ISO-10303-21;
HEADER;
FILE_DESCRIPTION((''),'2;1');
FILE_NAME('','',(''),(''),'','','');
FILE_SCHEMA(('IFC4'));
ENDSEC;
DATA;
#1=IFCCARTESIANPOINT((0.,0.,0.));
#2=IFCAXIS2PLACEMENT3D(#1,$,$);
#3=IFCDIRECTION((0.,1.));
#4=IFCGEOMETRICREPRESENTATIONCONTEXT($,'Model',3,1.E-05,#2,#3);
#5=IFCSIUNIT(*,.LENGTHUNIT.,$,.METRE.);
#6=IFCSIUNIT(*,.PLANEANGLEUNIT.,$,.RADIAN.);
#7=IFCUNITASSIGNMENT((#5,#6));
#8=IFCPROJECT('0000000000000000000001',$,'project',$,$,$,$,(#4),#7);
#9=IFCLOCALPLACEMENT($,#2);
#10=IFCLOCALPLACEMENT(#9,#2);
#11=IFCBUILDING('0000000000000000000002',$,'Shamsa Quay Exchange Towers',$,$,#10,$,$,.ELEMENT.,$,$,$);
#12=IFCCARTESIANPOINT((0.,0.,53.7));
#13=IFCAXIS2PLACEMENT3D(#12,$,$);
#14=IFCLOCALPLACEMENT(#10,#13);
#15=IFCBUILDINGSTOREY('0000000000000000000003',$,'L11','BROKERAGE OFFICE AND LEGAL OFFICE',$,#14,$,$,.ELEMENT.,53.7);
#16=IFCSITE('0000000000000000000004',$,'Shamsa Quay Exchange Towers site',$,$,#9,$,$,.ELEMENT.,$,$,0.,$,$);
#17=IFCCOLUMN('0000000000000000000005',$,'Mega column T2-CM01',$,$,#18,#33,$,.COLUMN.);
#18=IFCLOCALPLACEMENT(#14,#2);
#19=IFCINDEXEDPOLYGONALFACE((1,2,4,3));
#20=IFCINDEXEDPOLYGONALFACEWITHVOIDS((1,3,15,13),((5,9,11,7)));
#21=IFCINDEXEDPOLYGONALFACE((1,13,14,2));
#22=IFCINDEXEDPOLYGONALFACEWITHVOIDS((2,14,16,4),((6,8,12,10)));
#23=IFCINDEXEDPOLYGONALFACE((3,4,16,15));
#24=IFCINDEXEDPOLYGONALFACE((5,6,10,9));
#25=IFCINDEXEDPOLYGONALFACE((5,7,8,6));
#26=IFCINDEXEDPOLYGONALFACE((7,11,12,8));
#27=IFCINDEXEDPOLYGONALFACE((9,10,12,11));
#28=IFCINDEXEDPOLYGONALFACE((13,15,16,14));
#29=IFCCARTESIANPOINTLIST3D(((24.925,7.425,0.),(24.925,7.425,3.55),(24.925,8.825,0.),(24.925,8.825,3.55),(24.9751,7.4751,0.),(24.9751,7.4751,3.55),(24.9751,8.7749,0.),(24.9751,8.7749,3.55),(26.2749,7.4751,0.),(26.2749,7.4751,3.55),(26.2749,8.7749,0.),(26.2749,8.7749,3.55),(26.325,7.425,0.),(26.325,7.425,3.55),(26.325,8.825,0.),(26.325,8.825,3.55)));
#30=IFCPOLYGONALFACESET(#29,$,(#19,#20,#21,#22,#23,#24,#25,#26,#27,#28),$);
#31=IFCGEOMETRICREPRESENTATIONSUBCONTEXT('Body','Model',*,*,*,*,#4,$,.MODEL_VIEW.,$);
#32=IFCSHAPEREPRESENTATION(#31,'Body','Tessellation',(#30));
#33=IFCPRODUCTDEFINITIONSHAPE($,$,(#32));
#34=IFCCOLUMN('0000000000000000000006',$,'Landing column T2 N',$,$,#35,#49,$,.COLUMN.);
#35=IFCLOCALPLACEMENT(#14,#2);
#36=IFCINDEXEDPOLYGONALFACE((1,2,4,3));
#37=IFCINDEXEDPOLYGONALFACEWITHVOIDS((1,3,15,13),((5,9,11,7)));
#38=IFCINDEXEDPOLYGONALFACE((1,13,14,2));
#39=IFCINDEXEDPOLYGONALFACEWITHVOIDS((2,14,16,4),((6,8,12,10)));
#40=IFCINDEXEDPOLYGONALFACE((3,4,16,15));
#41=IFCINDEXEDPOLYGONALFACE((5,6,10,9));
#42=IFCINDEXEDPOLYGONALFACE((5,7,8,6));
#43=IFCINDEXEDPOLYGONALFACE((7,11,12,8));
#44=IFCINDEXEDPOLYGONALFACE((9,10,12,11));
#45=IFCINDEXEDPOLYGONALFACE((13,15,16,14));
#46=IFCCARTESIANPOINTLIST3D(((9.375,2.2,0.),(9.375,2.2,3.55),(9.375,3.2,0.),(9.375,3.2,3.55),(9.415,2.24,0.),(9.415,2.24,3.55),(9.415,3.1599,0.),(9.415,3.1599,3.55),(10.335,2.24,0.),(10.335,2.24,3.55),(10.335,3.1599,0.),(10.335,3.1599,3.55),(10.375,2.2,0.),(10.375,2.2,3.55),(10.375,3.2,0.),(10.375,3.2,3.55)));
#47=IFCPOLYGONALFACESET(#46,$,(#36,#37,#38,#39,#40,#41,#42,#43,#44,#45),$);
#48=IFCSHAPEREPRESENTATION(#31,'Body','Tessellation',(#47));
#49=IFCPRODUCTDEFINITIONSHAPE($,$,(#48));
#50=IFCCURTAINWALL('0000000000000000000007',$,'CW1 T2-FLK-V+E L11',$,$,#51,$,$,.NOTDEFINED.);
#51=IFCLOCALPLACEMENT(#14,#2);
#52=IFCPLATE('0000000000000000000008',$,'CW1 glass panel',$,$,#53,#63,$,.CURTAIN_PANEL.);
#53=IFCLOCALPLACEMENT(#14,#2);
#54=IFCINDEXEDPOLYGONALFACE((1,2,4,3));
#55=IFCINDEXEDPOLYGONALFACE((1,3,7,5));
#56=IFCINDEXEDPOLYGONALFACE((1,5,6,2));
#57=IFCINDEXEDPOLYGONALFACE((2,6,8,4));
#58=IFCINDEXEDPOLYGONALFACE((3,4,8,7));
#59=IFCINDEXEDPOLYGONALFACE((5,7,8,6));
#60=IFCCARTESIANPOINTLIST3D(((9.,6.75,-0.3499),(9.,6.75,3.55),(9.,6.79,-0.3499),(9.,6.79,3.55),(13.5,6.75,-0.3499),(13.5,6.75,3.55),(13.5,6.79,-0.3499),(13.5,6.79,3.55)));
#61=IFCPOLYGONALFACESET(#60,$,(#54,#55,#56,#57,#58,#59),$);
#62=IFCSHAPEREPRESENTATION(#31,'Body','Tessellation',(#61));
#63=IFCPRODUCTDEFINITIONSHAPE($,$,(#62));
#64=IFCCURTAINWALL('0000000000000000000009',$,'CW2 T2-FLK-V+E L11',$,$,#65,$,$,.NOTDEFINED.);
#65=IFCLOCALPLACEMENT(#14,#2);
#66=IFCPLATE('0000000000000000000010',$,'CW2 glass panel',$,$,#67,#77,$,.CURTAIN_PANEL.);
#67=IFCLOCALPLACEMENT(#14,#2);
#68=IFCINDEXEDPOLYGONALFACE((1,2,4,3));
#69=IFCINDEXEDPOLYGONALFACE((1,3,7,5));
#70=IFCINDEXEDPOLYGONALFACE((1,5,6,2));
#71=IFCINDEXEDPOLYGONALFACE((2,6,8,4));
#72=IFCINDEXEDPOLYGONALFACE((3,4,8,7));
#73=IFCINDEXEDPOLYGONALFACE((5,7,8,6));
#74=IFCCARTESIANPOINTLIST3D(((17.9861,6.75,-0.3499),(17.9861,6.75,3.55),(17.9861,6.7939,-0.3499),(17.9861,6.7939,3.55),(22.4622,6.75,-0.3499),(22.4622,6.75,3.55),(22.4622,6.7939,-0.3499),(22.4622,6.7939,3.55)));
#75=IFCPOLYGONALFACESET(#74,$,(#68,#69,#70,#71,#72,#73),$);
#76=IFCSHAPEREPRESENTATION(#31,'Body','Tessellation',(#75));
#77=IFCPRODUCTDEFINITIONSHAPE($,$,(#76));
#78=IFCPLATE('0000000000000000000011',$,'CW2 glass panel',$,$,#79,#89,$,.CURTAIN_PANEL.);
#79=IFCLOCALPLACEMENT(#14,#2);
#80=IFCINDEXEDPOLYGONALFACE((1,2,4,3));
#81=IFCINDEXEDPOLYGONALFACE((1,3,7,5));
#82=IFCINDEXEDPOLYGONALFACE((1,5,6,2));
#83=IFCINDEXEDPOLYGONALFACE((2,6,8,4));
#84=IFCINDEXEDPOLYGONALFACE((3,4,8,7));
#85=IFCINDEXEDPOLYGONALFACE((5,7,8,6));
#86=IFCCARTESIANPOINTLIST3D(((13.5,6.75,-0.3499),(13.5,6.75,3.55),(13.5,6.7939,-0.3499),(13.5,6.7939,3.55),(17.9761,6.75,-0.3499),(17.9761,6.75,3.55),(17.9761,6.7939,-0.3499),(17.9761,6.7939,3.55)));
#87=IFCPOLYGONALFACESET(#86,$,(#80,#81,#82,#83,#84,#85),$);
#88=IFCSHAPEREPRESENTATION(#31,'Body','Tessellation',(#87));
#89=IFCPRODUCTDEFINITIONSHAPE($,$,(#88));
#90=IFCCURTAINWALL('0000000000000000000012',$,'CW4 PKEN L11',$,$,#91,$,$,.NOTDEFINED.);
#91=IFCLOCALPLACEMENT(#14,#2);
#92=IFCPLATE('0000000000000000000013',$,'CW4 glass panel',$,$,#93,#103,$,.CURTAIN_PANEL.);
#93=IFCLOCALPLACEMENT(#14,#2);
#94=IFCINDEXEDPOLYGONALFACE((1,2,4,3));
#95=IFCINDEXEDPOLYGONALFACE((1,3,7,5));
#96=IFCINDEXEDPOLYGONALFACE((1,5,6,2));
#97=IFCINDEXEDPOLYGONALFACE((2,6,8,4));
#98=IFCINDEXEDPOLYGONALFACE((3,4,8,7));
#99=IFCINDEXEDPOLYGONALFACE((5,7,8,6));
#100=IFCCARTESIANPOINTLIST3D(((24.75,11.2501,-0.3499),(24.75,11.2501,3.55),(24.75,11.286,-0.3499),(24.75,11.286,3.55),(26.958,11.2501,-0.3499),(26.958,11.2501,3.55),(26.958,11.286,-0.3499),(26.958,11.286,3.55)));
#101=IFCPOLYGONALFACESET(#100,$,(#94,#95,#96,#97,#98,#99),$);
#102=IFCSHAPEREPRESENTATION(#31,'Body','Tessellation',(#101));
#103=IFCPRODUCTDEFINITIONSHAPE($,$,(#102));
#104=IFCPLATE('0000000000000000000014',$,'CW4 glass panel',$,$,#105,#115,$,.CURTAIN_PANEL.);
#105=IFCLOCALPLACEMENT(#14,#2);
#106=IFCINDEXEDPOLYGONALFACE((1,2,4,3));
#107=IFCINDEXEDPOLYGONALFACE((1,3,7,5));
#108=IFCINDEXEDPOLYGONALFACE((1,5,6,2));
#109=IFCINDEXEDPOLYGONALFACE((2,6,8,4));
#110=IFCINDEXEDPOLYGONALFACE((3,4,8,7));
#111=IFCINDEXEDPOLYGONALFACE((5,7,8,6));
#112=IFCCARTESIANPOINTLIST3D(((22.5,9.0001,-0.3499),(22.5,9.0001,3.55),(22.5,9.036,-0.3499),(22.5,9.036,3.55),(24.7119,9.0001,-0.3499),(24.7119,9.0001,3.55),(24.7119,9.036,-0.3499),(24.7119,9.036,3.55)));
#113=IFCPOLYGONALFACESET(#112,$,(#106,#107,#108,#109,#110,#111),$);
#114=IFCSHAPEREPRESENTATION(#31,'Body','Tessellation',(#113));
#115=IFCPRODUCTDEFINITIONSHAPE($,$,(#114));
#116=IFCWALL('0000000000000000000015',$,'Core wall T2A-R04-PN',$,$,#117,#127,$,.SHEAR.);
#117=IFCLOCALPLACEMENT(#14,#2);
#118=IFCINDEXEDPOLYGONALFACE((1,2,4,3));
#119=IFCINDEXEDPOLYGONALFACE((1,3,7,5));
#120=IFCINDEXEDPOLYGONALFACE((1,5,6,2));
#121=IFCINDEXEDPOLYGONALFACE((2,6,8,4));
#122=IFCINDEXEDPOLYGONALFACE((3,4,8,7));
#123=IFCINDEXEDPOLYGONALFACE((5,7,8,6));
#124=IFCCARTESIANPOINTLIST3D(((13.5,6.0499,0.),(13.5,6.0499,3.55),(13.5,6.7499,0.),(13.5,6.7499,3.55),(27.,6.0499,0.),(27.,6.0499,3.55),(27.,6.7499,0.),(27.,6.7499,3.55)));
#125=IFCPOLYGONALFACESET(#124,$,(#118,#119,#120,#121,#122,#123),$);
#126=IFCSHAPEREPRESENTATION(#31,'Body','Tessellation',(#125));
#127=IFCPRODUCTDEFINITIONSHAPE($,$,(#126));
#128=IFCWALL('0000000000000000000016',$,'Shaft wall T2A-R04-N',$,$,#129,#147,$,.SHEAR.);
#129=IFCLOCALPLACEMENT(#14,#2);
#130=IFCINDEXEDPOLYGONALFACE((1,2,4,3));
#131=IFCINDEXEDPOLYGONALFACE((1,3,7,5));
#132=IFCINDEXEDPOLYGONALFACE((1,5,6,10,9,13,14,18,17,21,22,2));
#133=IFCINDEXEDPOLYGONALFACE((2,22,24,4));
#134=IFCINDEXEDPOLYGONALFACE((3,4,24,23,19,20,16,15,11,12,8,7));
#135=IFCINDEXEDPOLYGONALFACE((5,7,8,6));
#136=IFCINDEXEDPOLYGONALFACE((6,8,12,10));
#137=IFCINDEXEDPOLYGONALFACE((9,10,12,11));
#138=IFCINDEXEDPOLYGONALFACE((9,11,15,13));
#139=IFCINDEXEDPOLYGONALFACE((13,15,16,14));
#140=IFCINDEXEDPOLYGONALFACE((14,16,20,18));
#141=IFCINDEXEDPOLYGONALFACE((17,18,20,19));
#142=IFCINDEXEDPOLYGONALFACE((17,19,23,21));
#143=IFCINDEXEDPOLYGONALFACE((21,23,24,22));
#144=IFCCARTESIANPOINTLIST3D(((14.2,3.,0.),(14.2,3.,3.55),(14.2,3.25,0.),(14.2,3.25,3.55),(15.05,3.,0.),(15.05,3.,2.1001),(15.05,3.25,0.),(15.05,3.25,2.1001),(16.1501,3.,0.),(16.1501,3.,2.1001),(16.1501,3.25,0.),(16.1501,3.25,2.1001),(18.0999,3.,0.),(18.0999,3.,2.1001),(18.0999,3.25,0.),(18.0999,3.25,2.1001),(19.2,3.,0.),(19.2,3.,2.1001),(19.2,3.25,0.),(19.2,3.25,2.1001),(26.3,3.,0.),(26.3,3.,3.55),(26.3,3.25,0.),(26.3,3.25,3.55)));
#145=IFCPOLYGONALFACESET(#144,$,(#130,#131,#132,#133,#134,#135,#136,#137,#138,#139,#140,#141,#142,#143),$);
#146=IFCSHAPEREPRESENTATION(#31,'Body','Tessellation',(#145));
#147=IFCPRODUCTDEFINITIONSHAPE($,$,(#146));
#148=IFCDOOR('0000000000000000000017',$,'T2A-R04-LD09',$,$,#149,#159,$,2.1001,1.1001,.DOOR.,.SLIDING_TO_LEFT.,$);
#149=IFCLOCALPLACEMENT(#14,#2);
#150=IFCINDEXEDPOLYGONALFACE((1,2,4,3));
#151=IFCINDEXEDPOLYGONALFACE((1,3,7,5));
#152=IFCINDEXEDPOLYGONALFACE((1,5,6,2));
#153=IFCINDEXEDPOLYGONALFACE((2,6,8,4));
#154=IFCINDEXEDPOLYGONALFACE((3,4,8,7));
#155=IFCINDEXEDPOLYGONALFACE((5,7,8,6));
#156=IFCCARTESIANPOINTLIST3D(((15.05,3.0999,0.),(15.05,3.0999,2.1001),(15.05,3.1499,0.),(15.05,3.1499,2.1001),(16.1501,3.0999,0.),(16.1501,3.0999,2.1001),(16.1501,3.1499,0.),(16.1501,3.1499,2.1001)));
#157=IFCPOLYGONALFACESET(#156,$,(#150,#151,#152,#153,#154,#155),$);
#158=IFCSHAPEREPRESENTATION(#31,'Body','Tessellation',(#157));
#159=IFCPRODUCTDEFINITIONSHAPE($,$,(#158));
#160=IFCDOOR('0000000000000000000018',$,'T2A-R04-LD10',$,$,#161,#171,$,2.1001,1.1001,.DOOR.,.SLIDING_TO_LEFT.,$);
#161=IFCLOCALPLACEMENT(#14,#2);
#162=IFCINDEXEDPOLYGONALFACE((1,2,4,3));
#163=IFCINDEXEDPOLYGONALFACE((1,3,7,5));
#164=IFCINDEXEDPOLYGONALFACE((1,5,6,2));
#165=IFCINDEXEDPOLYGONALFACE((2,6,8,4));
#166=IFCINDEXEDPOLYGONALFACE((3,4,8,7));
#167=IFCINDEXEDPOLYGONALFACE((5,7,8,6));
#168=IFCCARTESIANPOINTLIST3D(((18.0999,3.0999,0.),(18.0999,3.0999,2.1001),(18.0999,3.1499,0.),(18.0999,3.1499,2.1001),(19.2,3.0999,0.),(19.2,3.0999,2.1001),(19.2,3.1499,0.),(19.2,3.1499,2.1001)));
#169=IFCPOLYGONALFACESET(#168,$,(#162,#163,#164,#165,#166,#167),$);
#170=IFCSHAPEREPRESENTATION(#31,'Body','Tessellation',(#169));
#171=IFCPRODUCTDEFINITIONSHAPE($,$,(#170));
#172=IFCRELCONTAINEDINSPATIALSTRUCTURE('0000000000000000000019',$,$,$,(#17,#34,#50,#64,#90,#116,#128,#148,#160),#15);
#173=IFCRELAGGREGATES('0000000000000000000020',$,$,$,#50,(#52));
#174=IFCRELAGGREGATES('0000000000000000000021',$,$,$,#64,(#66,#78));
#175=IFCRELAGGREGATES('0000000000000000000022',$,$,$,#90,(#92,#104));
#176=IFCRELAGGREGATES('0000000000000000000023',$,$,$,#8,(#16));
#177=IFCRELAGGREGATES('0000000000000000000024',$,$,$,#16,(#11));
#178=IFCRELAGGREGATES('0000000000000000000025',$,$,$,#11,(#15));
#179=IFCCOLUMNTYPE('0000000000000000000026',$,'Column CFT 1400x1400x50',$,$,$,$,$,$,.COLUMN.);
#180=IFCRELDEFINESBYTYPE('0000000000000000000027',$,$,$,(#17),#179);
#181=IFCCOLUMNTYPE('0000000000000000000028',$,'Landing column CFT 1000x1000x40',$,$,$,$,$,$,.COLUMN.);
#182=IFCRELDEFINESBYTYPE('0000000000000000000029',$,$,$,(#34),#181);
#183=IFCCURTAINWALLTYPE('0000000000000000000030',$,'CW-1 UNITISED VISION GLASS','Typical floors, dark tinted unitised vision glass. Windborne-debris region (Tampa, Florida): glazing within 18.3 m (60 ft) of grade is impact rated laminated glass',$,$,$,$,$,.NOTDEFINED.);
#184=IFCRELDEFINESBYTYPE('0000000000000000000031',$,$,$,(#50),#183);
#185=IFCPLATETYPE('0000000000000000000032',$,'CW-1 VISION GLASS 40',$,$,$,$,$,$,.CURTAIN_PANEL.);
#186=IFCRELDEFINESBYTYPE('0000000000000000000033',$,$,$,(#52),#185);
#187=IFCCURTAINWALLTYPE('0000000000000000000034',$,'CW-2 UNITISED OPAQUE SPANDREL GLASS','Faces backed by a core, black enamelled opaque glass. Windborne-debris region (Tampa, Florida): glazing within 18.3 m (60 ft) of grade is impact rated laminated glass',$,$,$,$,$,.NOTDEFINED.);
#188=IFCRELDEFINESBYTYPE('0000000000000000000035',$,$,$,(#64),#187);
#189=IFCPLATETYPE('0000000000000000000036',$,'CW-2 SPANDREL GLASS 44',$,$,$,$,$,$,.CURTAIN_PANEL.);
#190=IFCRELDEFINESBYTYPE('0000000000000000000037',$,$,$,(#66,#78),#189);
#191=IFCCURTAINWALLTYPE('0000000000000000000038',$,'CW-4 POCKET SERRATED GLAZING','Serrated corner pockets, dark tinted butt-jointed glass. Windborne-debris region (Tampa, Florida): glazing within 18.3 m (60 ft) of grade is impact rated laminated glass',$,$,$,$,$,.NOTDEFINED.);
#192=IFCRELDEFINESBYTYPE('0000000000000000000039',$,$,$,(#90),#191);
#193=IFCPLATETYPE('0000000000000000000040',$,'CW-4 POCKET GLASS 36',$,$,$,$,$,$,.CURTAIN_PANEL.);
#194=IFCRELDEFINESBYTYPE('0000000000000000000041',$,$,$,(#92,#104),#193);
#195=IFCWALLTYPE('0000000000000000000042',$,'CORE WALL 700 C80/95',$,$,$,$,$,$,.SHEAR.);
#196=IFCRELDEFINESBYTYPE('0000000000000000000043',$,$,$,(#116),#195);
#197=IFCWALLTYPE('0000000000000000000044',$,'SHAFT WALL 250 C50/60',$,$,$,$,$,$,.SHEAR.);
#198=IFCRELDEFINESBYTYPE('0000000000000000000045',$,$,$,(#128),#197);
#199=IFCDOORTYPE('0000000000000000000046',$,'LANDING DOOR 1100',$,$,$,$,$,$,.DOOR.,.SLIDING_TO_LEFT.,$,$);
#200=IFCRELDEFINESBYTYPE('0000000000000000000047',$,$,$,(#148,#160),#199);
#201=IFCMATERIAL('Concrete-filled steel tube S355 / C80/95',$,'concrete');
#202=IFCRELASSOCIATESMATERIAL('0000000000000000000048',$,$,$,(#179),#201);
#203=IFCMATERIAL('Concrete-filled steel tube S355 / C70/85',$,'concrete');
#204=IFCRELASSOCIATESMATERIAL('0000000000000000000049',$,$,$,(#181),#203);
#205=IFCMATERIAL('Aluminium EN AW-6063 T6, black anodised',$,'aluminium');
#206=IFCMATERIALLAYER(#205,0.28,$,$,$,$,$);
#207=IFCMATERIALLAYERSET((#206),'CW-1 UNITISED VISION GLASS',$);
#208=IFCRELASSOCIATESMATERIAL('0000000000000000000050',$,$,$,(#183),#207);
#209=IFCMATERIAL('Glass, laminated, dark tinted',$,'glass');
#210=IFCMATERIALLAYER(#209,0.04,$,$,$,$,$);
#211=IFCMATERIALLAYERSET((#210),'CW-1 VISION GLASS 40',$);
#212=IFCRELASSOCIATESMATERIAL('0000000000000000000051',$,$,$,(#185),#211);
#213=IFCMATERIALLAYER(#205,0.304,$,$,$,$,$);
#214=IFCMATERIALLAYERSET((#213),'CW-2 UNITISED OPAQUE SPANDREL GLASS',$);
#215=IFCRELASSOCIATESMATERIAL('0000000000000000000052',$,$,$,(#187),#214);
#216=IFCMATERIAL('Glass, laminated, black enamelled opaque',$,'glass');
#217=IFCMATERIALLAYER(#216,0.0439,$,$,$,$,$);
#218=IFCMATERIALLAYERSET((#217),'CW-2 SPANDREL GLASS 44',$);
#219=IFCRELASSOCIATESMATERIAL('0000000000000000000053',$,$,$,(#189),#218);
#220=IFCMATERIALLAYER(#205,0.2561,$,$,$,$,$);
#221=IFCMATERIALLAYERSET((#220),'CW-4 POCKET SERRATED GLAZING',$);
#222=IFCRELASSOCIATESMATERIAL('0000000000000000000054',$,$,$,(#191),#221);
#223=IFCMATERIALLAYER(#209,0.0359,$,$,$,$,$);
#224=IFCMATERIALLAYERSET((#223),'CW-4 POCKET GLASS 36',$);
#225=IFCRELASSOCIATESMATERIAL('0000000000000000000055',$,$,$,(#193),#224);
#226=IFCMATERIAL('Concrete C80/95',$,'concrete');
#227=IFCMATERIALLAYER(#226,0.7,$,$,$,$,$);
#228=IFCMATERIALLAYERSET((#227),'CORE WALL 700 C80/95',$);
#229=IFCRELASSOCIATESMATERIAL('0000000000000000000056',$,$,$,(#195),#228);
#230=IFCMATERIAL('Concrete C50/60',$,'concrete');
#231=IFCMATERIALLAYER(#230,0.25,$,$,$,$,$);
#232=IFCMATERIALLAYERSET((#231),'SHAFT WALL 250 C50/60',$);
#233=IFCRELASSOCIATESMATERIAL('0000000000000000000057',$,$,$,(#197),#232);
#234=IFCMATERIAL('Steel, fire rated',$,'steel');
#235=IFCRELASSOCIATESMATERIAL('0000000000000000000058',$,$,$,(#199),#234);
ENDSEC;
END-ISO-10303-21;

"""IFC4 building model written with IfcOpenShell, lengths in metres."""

from ifc_helpers import new_model, si_unit, direction, frame, frame_2d, origin, origin_2d, place, context, subcontext, project, spatial, rectangle, hollow_rectangle, extrude, material, layer, layer_set, material_profile, profile_set, type_object, element, fill, aggregate, save


model = new_model("IFC4")

# Units and contexts
model_context = context("Model", 3, precision=1e-05, world=origin(), true_north=direction((0.0, 1.0)))
body_context = subcontext(model_context, "Body", "Model", "MODEL_VIEW")
ifc_project = project(units=[si_unit("LENGTHUNIT", "METRE"), si_unit("PLANEANGLEUNIT", "RADIAN")], contexts=[model_context])

# Site, building, storey
site_placement = place(None, origin())
site = spatial("IfcSite", under=ifc_project, at=site_placement, Name="Shamsa Quay Exchange Towers site", CompositionType="ELEMENT", RefElevation=0.0)
building_placement = place(site_placement, origin())
building = spatial("IfcBuilding", under=site, at=building_placement, Name="Shamsa Quay Exchange Towers", CompositionType="ELEMENT")
storey_placement = place(building_placement, frame((0.0, 0.0, 53.7)))
storey = spatial("IfcBuildingStorey", under=building, at=storey_placement, Name="L11", Description="BROKERAGE OFFICE AND LEGAL OFFICE", CompositionType="ELEMENT", Elevation=53.7)

# Columns
ifc_material_1 = material(Name="Concrete-filled steel tube S355 / C80/95", Category="concrete")
ifc_material_profile_1 = material_profile(ifc_material_1, hollow_rectangle(XDim=1.3999, YDim=1.3999, WallThickness=0.05, at=origin_2d()), Name="CFT 1400x1400x50")
ifc_profile_set_1 = profile_set([ifc_material_profile_1], Name="Concrete-filled steel tube S355 / C80/95")
column_type_1 = type_object("IfcColumnType", Name="Column CFT 1400x1400x50", PredefinedType="COLUMN", material=ifc_profile_set_1)
column_1_placement = place(storey_placement, frame((25.625, 8.125, 0.0)))
element("IfcColumn", 1, at=column_1_placement, inside=storey, type_object=column_type_1, Name="Mega column T2-CM01", PredefinedType="COLUMN", context=body_context, shape_type="SweptSolid", body=[
    extrude(hollow_rectangle(XDim=1.3999, YDim=1.3999, WallThickness=0.05, at=origin_2d()), origin(), (0.0, 0.0, 1.0), 3.55),
])
ifc_material_2 = material(Name="Concrete-filled steel tube S355 / C70/85", Category="concrete")
ifc_material_profile_2 = material_profile(ifc_material_2, hollow_rectangle(XDim=1.0, YDim=1.0, WallThickness=0.04, at=origin_2d()), Name="CFT 1000x1000x40")
ifc_profile_set_2 = profile_set([ifc_material_profile_2], Name="Concrete-filled steel tube S355 / C70/85")
column_type_2 = type_object("IfcColumnType", Name="Landing column CFT 1000x1000x40", PredefinedType="COLUMN", material=ifc_profile_set_2)
column_2_placement = place(storey_placement, frame((9.875, 2.7, 0.0)))
element("IfcColumn", 2, at=column_2_placement, inside=storey, type_object=column_type_2, Name="Landing column T2 N", PredefinedType="COLUMN", context=body_context, shape_type="SweptSolid", body=[
    extrude(hollow_rectangle(XDim=1.0, YDim=1.0, WallThickness=0.04, at=origin_2d()), origin(), (0.0, 0.0, 1.0), 3.55),
])

# Curtain wall, plate
ifc_material_3 = material(Name="Aluminium EN AW-6063 T6, black anodised", Category="aluminium")
ifc_layer_1 = layer(ifc_material_3, 0.28)
ifc_layer_set_1 = layer_set([ifc_layer_1], Name="CW-1 UNITISED VISION GLASS")
curtain_wall_type_1 = type_object("IfcCurtainWallType", Name="CW-1 UNITISED VISION GLASS", Description="Typical floors, dark tinted unitised vision glass. Windborne-debris region (Tampa, Florida): glazing within 18.3 m (60 ft) of grade is impact rated laminated glass", PredefinedType="NOTDEFINED", material=ifc_layer_set_1)
curtain_wall_1_placement = place(storey_placement, origin())
curtain_wall_1 = element("IfcCurtainWall", 3, at=curtain_wall_1_placement, inside=storey, type_object=curtain_wall_type_1, Name="CW1 T2-FLK-V+E L11", PredefinedType="NOTDEFINED")
ifc_material_4 = material(Name="Glass, laminated, dark tinted", Category="glass")
ifc_layer_2 = layer(ifc_material_4, 0.04)
ifc_layer_set_2 = layer_set([ifc_layer_2], Name="CW-1 VISION GLASS 40")
plate_type_1 = type_object("IfcPlateType", Name="CW-1 VISION GLASS 40", PredefinedType="CURTAIN_PANEL", material=ifc_layer_set_2)
plate_1_placement = place(storey_placement, frame((11.25, 6.77, -0.3499), z_axis=(0.0, 0.0, 1.0), x_axis=(-1.0, 0.0, 0.0)))
plate_1 = element("IfcPlate", 4, at=plate_1_placement, type_object=plate_type_1, Name="CW1 glass panel", PredefinedType="CURTAIN_PANEL", context=body_context, shape_type="SweptSolid", body=[
    extrude(rectangle(XDim=4.5, YDim=0.04, at=origin_2d()), origin(), (0.0, 0.0, 1.0), 3.8999),
])
aggregate(curtain_wall_1, [plate_1])

# Curtain walls, plates
ifc_layer_3 = layer(ifc_material_3, 0.304)
ifc_layer_set_3 = layer_set([ifc_layer_3], Name="CW-2 UNITISED OPAQUE SPANDREL GLASS")
curtain_wall_type_2 = type_object("IfcCurtainWallType", Name="CW-2 UNITISED OPAQUE SPANDREL GLASS", Description="Faces backed by a core, black enamelled opaque glass. Windborne-debris region (Tampa, Florida): glazing within 18.3 m (60 ft) of grade is impact rated laminated glass", PredefinedType="NOTDEFINED", material=ifc_layer_set_3)
curtain_wall_2_placement = place(storey_placement, origin())
curtain_wall_2 = element("IfcCurtainWall", 5, at=curtain_wall_2_placement, inside=storey, type_object=curtain_wall_type_2, Name="CW2 T2-FLK-V+E L11", PredefinedType="NOTDEFINED")
ifc_material_5 = material(Name="Glass, laminated, black enamelled opaque", Category="glass")
ifc_layer_4 = layer(ifc_material_5, 0.0439)
ifc_layer_set_4 = layer_set([ifc_layer_4], Name="CW-2 SPANDREL GLASS 44")
plate_type_2 = type_object("IfcPlateType", Name="CW-2 SPANDREL GLASS 44", PredefinedType="CURTAIN_PANEL", material=ifc_layer_set_4)
plate_2_placement = place(storey_placement, frame((20.2241, 6.772, -0.3499), z_axis=(0.0, 0.0, 1.0), x_axis=(-1.0, 0.0, 0.0)))
plate_2 = element("IfcPlate", 6, at=plate_2_placement, type_object=plate_type_2, Name="CW2 glass panel", PredefinedType="CURTAIN_PANEL", context=body_context, shape_type="SweptSolid", body=[
    extrude(rectangle(XDim=4.4761, YDim=0.0439, at=origin_2d()), origin(), (0.0, 0.0, 1.0), 3.8999),
])
plate_3_placement = place(storey_placement, frame((15.738, 6.772, -0.3499), z_axis=(0.0, 0.0, 1.0), x_axis=(-1.0, 0.0, 0.0)))
plate_3 = element("IfcPlate", 7, at=plate_3_placement, type_object=plate_type_2, Name="CW2 glass panel", PredefinedType="CURTAIN_PANEL", context=body_context, shape_type="SweptSolid", body=[
    extrude(rectangle(XDim=4.4761, YDim=0.0439, at=origin_2d()), origin(), (0.0, 0.0, 1.0), 3.8999),
])
aggregate(curtain_wall_2, [plate_2, plate_3])
ifc_layer_5 = layer(ifc_material_3, 0.2561)
ifc_layer_set_5 = layer_set([ifc_layer_5], Name="CW-4 POCKET SERRATED GLAZING")
curtain_wall_type_3 = type_object("IfcCurtainWallType", Name="CW-4 POCKET SERRATED GLAZING", Description="Serrated corner pockets, dark tinted butt-jointed glass. Windborne-debris region (Tampa, Florida): glazing within 18.3 m (60 ft) of grade is impact rated laminated glass", PredefinedType="NOTDEFINED", material=ifc_layer_set_5)
curtain_wall_3_placement = place(storey_placement, origin())
curtain_wall_3 = element("IfcCurtainWall", 8, at=curtain_wall_3_placement, inside=storey, type_object=curtain_wall_type_3, Name="CW4 PKEN L11", PredefinedType="NOTDEFINED")
ifc_layer_6 = layer(ifc_material_4, 0.0359)
ifc_layer_set_6 = layer_set([ifc_layer_6], Name="CW-4 POCKET GLASS 36")
plate_type_3 = type_object("IfcPlateType", Name="CW-4 POCKET GLASS 36", PredefinedType="CURTAIN_PANEL", material=ifc_layer_set_6)
plate_4_placement = place(storey_placement, frame((25.854, 11.2681, -0.3499), z_axis=(0.0, 0.0, 1.0), x_axis=(-1.0, 0.0, 0.0)))
plate_4 = element("IfcPlate", 9, at=plate_4_placement, type_object=plate_type_3, Name="CW4 glass panel", PredefinedType="CURTAIN_PANEL", context=body_context, shape_type="SweptSolid", body=[
    extrude(rectangle(XDim=2.208, YDim=0.0359, at=origin_2d()), origin(), (0.0, 0.0, 1.0), 3.8999),
])
plate_5_placement = place(storey_placement, frame((23.606, 9.0181, -0.3499), z_axis=(0.0, 0.0, 1.0), x_axis=(-1.0, 0.0, 0.0)))
plate_5 = element("IfcPlate", 10, at=plate_5_placement, type_object=plate_type_3, Name="CW4 glass panel", PredefinedType="CURTAIN_PANEL", context=body_context, shape_type="SweptSolid", body=[
    extrude(rectangle(XDim=2.2119, YDim=0.0359, at=origin_2d()), origin(), (0.0, 0.0, 1.0), 3.8999),
])
aggregate(curtain_wall_3, [plate_4, plate_5])

# Wall
ifc_material_6 = material(Name="Concrete C80/95", Category="concrete")
ifc_layer_7 = layer(ifc_material_6, 0.7)
ifc_layer_set_7 = layer_set([ifc_layer_7], Name="CORE WALL 700 C80/95")
wall_type_1 = type_object("IfcWallType", Name="CORE WALL 700 C80/95", PredefinedType="SHEAR", material=ifc_layer_set_7)
wall_1_placement = place(storey_placement, frame((13.5, 6.3999, 0.0)))
element("IfcWall", 11, at=wall_1_placement, inside=storey, type_object=wall_type_1, Name="Core wall T2A-R04-PN", PredefinedType="SHEAR", context=body_context, shape_type="SweptSolid", body=[
    extrude(rectangle(XDim=13.5, YDim=0.7, at=frame_2d((6.75, 0.0))), origin(), (0.0, 0.0, 1.0), 3.55),
])

# Shared definitions
ifc_material_7 = material(Name="Steel, fire rated", Category="steel")

# Wall, openings, doors
ifc_material_8 = material(Name="Concrete C50/60", Category="concrete")
ifc_layer_8 = layer(ifc_material_8, 0.25)
ifc_layer_set_8 = layer_set([ifc_layer_8], Name="SHAFT WALL 250 C50/60")
wall_type_2 = type_object("IfcWallType", Name="SHAFT WALL 250 C50/60", PredefinedType="SHEAR", material=ifc_layer_set_8)
wall_2_placement = place(storey_placement, frame((14.2, 3.125, 0.0)))
wall_2 = element("IfcWall", 12, at=wall_2_placement, inside=storey, type_object=wall_type_2, Name="Shaft wall T2A-R04-N", PredefinedType="SHEAR", context=body_context, shape_type="SweptSolid", body=[
    extrude(rectangle(XDim=12.1001, YDim=0.25, at=frame_2d((6.05, 0.0))), origin(), (0.0, 0.0, 1.0), 3.55),
])
opening_1_placement = place(wall_2_placement, frame((0.8501, 0.0, 0.0)))
opening_1 = element("IfcOpeningElement", 13, at=opening_1_placement, cuts=wall_2, PredefinedType="OPENING", context=body_context, shape_type="SweptSolid", body=[
    extrude(rectangle(XDim=1.1001, YDim=2.1001, at=frame_2d((0.55, 1.05))), frame((0.0, 0.135, 0.0), z_axis=(0.0, -1.0, 0.0), x_axis=(1.0, 0.0, 0.0)), (0.0, 0.0, 1.0), 0.27),
])
opening_2_placement = place(wall_2_placement, frame((3.8999, 0.0, 0.0)))
opening_2 = element("IfcOpeningElement", 14, at=opening_2_placement, cuts=wall_2, PredefinedType="OPENING", context=body_context, shape_type="SweptSolid", body=[
    extrude(rectangle(XDim=1.1001, YDim=2.1001, at=frame_2d((0.55, 1.05))), frame((0.0, 0.135, 0.0), z_axis=(0.0, -1.0, 0.0), x_axis=(1.0, 0.0, 0.0)), (0.0, 0.0, 1.0), 0.27),
])
door_type_1 = type_object("IfcDoorType", Name="LANDING DOOR 1100", OperationType="SLIDING_TO_LEFT", PredefinedType="DOOR", material=ifc_material_7)
door_1_placement = place(opening_1_placement, origin())
door_1 = element("IfcDoor", 15, at=door_1_placement, inside=storey, type_object=door_type_1, Name="T2A-R04-LD09", OperationType="SLIDING_TO_LEFT", OverallHeight=2.1001, OverallWidth=1.1001, PredefinedType="DOOR", context=body_context, shape_type="SweptSolid", body=[
    extrude(rectangle(XDim=1.1001, YDim=2.1001, at=frame_2d((0.55, 1.05))), frame((0.0, 0.0249, 0.0), z_axis=(0.0, -1.0, 0.0), x_axis=(1.0, 0.0, 0.0)), (0.0, 0.0, 1.0), 0.05),
])
fill(opening_1, door_1)
door_2_placement = place(opening_2_placement, origin())
door_2 = element("IfcDoor", 16, at=door_2_placement, inside=storey, type_object=door_type_1, Name="T2A-R04-LD10", OperationType="SLIDING_TO_LEFT", OverallHeight=2.1001, OverallWidth=1.1001, PredefinedType="DOOR", context=body_context, shape_type="SweptSolid", body=[
    extrude(rectangle(XDim=1.1001, YDim=2.1001, at=frame_2d((0.55, 1.05))), frame((0.0, 0.0249, 0.0), z_axis=(0.0, -1.0, 0.0), x_axis=(1.0, 0.0, 0.0)), (0.0, 0.0, 1.0), 0.05),
])
fill(opening_2, door_2)

save(model, "model.ifc")
